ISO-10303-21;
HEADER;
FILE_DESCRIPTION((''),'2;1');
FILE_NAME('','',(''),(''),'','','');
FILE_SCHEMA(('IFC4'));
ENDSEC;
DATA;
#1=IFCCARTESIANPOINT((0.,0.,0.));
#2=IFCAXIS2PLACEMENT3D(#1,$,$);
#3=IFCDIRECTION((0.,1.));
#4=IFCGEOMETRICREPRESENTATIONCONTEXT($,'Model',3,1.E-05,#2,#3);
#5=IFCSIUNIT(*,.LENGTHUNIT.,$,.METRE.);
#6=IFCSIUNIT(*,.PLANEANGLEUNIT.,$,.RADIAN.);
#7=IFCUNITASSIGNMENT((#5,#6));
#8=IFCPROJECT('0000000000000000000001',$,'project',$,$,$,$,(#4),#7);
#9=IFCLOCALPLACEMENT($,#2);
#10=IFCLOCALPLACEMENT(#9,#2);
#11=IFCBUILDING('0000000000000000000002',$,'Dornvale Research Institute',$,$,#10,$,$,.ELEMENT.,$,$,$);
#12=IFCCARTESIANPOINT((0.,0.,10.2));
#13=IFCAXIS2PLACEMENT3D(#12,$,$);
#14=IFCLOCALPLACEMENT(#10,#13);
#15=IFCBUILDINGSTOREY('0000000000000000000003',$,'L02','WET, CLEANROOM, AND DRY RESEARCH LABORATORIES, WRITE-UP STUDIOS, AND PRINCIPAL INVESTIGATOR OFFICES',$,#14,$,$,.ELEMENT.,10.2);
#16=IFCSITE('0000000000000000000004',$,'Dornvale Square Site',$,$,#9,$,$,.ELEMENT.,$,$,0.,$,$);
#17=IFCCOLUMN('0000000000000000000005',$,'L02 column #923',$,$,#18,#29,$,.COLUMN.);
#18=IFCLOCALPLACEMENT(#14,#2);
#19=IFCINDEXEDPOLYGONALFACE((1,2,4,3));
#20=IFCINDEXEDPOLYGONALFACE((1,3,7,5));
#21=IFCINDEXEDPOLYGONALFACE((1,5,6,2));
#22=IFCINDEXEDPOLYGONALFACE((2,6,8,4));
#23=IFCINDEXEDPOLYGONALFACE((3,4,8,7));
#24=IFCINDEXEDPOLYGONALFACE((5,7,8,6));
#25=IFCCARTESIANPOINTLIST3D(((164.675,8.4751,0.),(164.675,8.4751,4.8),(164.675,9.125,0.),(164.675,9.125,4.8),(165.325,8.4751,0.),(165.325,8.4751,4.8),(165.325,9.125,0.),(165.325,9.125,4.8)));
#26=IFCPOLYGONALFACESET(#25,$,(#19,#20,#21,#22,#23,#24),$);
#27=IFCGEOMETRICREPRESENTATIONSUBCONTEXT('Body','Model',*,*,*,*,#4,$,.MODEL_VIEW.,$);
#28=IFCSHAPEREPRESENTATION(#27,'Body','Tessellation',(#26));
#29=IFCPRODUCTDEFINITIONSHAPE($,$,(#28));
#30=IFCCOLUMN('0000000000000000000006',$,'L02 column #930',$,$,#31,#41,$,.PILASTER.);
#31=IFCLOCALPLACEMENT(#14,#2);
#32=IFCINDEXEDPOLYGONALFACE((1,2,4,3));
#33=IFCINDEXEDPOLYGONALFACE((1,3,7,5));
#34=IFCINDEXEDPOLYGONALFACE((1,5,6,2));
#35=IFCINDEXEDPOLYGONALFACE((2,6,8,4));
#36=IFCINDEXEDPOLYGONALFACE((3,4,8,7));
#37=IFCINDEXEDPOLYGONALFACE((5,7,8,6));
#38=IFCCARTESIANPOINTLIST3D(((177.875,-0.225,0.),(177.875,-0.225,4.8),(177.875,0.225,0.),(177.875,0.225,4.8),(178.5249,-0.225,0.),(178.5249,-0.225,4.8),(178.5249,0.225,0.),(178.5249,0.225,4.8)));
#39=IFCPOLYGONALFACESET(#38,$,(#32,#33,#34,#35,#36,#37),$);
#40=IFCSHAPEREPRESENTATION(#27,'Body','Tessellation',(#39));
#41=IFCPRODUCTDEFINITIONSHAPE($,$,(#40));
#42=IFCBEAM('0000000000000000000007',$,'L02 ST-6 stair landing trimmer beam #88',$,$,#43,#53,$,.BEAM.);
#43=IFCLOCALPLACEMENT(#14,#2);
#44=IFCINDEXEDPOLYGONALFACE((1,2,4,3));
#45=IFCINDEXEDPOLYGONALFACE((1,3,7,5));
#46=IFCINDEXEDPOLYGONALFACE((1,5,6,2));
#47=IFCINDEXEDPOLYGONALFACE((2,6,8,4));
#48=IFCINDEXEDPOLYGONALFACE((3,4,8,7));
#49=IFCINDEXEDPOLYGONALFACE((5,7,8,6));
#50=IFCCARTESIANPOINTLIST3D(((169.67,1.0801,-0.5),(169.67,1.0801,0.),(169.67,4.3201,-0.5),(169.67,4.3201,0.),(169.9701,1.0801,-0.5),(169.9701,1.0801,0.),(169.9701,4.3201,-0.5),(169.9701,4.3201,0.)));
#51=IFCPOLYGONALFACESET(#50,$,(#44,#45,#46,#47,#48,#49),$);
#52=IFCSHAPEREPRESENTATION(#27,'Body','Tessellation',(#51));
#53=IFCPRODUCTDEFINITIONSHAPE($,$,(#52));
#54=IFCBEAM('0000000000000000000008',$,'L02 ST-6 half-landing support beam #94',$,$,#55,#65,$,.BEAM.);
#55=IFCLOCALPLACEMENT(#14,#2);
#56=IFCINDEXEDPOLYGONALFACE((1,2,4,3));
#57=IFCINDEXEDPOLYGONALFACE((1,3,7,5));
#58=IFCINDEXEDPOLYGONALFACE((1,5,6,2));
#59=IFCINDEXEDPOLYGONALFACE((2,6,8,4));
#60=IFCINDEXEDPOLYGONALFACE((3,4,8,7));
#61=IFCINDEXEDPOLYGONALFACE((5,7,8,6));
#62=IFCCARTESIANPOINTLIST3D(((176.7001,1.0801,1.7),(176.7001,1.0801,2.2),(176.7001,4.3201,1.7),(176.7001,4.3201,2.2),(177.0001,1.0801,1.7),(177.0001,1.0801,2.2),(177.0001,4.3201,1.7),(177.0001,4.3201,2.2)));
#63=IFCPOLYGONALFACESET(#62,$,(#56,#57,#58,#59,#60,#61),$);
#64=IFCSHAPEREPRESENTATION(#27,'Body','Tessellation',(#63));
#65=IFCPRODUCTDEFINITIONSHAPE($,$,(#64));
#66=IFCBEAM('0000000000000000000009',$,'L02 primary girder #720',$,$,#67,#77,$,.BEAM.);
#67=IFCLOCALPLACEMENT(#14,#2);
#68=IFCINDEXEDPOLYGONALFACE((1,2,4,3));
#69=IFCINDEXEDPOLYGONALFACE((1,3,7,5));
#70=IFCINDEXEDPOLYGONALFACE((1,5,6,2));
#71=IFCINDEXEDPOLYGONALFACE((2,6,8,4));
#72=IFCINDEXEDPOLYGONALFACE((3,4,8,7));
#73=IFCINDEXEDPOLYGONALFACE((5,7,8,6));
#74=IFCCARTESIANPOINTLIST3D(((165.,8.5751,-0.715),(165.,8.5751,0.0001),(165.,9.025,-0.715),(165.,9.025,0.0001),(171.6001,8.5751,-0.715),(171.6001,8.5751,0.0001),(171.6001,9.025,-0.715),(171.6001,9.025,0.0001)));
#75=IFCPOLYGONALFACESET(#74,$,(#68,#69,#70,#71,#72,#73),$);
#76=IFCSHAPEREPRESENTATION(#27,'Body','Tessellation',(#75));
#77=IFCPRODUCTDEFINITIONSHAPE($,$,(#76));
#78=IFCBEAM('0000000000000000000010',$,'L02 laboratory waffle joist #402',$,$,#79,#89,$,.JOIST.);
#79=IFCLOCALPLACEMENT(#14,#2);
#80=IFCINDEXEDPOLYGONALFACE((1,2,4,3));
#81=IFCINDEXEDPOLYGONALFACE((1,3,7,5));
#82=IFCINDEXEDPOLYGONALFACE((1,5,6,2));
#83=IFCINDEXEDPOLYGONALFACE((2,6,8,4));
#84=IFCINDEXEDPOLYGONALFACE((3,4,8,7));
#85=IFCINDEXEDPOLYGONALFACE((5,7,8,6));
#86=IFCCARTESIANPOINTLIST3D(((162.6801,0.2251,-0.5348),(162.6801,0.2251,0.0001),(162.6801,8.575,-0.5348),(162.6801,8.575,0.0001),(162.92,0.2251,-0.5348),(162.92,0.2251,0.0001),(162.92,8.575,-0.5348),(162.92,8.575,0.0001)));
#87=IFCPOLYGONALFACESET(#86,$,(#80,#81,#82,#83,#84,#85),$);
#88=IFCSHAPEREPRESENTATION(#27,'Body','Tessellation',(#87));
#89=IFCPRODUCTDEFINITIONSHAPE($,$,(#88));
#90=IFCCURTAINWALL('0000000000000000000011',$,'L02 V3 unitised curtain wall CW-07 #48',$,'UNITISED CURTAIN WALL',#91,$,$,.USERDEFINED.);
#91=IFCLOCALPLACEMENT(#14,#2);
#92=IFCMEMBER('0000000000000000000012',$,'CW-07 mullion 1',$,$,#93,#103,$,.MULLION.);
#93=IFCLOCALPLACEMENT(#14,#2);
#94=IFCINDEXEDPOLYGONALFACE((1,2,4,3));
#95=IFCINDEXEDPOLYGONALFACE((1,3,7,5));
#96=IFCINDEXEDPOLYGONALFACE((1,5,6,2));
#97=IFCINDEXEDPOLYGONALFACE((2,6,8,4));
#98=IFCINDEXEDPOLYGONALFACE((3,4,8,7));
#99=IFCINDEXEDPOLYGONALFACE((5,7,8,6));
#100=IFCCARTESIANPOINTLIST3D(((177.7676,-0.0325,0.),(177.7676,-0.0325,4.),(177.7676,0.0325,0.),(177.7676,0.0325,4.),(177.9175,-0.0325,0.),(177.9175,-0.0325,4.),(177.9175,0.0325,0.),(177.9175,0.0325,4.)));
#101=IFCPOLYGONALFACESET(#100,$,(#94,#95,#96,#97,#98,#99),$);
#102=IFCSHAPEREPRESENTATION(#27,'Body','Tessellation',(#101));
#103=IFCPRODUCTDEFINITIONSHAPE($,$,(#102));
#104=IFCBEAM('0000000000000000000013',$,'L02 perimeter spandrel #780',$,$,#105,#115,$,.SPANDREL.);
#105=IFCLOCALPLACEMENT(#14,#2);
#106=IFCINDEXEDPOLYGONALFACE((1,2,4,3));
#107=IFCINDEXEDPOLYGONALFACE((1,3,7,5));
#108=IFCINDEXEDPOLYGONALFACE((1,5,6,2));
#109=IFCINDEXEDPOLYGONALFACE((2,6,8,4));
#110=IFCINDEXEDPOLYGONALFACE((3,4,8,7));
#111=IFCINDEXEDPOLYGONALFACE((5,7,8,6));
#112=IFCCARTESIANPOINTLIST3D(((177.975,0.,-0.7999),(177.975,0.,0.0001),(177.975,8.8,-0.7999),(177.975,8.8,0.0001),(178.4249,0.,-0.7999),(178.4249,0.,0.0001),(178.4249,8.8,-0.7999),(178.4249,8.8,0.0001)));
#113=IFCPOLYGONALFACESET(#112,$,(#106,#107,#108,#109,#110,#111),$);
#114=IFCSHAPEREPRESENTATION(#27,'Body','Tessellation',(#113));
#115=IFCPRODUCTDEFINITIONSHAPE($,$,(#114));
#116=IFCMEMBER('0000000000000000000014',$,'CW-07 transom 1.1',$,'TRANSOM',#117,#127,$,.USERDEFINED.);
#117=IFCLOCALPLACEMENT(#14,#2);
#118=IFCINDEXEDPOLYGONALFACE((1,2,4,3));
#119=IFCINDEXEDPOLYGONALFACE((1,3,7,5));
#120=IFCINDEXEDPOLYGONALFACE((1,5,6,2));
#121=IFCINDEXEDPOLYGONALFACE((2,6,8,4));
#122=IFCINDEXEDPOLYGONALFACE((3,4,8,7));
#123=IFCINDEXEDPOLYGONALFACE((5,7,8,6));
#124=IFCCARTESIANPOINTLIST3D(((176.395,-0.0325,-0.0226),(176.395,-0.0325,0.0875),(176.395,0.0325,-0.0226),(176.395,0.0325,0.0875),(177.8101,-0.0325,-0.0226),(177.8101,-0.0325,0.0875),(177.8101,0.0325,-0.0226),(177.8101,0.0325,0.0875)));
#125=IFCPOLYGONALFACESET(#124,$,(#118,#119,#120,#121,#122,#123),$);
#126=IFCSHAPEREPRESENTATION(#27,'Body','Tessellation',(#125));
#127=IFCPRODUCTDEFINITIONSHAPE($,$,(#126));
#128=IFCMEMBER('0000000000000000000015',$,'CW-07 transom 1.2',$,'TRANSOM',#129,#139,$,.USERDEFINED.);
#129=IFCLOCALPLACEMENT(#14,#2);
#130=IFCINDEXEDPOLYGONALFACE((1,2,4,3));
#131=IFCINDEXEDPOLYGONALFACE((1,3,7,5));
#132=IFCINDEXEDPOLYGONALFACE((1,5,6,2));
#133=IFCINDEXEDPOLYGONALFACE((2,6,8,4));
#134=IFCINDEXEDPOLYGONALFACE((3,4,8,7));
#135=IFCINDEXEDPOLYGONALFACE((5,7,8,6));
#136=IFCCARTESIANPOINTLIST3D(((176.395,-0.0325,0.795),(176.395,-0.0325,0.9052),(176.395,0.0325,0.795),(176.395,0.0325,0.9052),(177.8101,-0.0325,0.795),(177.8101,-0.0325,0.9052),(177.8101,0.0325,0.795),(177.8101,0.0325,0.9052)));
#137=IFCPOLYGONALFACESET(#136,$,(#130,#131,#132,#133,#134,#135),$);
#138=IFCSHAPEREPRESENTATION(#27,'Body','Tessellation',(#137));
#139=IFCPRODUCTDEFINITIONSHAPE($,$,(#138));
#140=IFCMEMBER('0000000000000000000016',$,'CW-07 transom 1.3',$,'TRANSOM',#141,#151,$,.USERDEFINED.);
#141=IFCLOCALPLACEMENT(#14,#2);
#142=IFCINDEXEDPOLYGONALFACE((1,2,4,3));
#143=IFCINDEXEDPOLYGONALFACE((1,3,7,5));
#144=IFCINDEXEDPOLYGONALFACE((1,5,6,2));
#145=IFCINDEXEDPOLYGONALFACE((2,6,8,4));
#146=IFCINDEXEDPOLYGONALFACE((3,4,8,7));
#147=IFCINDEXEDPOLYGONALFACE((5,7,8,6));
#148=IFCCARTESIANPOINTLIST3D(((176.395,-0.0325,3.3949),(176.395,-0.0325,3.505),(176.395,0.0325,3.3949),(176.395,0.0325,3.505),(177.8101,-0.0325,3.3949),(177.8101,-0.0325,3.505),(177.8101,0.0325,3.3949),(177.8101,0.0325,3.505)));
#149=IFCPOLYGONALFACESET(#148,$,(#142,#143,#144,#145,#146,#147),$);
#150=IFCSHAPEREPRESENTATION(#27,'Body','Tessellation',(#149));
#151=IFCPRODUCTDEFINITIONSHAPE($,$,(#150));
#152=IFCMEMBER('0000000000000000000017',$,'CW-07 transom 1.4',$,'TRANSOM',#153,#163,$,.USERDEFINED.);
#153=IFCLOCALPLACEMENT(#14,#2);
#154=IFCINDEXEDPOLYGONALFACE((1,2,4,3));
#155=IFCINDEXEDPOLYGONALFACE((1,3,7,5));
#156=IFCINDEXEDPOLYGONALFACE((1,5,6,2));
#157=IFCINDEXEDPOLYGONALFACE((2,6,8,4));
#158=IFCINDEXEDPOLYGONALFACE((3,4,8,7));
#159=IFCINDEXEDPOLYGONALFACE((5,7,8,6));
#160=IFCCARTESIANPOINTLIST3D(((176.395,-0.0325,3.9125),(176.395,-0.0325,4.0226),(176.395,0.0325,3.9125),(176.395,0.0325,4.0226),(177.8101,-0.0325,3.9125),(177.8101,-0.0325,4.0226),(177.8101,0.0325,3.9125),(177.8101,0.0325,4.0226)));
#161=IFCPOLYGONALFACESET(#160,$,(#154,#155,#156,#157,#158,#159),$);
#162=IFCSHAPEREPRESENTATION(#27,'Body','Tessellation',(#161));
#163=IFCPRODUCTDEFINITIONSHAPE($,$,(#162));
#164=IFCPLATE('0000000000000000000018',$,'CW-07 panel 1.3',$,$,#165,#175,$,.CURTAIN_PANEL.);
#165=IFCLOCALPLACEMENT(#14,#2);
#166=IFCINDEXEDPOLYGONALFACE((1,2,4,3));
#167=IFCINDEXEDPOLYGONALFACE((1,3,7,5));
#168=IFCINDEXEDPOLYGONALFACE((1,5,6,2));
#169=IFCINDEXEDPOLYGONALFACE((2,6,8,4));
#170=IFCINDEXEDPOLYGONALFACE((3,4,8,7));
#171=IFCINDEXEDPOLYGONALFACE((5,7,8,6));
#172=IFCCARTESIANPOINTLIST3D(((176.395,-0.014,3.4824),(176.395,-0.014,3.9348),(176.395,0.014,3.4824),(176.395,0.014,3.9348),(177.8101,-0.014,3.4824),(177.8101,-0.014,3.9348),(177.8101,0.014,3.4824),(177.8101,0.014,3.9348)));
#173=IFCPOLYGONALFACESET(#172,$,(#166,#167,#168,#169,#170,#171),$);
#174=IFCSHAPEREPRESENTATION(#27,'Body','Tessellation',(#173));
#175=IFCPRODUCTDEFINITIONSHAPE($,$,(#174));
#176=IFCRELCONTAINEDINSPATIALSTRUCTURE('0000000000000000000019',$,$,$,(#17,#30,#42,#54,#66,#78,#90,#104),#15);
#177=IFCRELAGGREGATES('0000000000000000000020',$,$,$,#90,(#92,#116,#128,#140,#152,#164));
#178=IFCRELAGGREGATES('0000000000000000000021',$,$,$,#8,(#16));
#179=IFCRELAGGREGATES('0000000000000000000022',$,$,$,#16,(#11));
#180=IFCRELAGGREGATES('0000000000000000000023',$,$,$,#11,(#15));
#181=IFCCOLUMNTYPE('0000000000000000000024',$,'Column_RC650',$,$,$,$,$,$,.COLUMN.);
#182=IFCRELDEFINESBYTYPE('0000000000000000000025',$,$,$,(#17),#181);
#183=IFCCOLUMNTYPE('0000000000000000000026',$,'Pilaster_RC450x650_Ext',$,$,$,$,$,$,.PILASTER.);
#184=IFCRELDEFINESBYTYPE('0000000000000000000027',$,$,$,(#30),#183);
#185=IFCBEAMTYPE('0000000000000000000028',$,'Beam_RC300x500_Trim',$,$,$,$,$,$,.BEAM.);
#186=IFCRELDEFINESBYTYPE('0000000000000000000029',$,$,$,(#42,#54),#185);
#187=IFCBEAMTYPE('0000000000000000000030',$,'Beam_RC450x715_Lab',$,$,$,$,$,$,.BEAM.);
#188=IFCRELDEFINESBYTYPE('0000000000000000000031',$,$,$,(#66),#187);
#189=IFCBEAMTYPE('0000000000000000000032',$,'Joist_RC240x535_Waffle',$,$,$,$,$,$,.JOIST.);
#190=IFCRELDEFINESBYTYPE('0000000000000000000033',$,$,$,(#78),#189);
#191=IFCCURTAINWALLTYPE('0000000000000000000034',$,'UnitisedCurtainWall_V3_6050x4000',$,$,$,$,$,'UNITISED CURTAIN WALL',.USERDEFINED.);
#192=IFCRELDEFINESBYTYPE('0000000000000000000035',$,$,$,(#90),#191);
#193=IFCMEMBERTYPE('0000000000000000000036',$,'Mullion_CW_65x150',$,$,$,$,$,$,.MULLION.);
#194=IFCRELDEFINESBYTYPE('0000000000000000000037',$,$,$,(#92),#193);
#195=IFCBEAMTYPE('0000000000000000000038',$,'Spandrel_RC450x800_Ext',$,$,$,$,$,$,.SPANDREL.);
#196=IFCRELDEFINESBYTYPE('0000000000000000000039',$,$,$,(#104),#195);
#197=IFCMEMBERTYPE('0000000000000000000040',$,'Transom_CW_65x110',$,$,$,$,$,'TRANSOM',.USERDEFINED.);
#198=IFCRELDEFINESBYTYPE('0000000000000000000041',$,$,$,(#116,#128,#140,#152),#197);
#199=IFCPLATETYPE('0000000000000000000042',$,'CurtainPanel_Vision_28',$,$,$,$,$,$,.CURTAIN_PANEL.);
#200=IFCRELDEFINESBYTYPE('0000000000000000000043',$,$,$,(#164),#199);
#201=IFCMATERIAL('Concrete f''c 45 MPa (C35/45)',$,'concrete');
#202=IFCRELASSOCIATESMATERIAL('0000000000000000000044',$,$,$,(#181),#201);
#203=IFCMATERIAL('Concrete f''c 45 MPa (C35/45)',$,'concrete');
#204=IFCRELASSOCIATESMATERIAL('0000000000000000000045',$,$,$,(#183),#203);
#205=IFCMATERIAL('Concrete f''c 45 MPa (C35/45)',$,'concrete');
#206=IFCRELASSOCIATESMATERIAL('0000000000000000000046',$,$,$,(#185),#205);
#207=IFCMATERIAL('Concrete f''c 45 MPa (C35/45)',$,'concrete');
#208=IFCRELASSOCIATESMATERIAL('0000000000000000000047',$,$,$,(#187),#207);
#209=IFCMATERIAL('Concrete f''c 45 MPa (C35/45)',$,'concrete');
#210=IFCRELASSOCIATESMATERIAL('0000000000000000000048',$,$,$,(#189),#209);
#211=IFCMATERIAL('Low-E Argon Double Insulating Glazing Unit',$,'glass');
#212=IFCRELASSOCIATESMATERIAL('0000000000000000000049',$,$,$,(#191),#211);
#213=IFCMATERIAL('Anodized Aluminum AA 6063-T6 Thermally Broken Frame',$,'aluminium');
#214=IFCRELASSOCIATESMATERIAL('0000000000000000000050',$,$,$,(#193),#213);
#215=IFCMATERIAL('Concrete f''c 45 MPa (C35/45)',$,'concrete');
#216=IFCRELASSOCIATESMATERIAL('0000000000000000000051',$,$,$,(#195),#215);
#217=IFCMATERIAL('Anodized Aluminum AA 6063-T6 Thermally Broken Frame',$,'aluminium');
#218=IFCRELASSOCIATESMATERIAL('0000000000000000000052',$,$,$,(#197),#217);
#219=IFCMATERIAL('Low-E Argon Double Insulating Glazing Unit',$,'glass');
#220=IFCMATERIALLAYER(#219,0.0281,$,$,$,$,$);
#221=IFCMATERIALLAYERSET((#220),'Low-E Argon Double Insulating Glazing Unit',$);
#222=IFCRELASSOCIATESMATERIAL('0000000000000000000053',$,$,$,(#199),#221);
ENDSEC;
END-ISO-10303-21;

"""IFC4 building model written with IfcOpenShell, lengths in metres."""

from ifc_helpers import new_model, si_unit, direction, frame, origin, origin_2d, place, context, subcontext, project, spatial, rectangle, extrude, material, layer, layer_set, material_profile, profile_set, type_object, element, aggregate, save


model = new_model("IFC4")

# Units and contexts
model_context = context("Model", 3, precision=1e-05, world=origin(), true_north=direction((0.0, 1.0)))
body_context = subcontext(model_context, "Body", "Model", "MODEL_VIEW")
ifc_project = project(units=[si_unit("LENGTHUNIT", "METRE"), si_unit("PLANEANGLEUNIT", "RADIAN")], contexts=[model_context])

# Site, building, storey
site_placement = place(None, origin())
site = spatial("IfcSite", under=ifc_project, at=site_placement, Name="Dornvale Square Site", CompositionType="ELEMENT", RefElevation=0.0)
building_placement = place(site_placement, origin())
building = spatial("IfcBuilding", under=site, at=building_placement, Name="Dornvale Research Institute", CompositionType="ELEMENT")
storey_placement = place(building_placement, frame((0.0, 0.0, 10.2)))
storey = spatial("IfcBuildingStorey", under=building, at=storey_placement, Name="L02", Description="WET, CLEANROOM, AND DRY RESEARCH LABORATORIES, WRITE-UP STUDIOS, AND PRINCIPAL INVESTIGATOR OFFICES", CompositionType="ELEMENT", Elevation=10.2)

# Columns
ifc_material_1 = material(Name="Concrete f'c 45 MPa (C35/45)", Category="concrete")
ifc_material_profile_1 = material_profile(ifc_material_1, rectangle(XDim=0.6499, YDim=0.6499, at=origin_2d()), Name="RC 650x650")
ifc_profile_set_1 = profile_set([ifc_material_profile_1], Name="Concrete f'c 45 MPa (C35/45)")
column_type_1 = type_object("IfcColumnType", Name="Column_RC650", PredefinedType="COLUMN", material=ifc_profile_set_1)
column_1_placement = place(storey_placement, frame((165.0, 8.8, 0.0), z_axis=(0.0, 0.0, 1.0), x_axis=(1.0, 0.0, 0.0)))
element("IfcColumn", 1, at=column_1_placement, inside=storey, type_object=column_type_1, Name="L02 column #923", PredefinedType="COLUMN", context=body_context, shape_type="SweptSolid", body=[
    extrude(rectangle(XDim=0.6499, YDim=0.6499, at=origin_2d()), origin(), (0.0, 0.0, 1.0), 4.8),
])
ifc_material_2 = material(Name="Concrete f'c 45 MPa (C35/45)", Category="concrete")
ifc_material_profile_2 = material_profile(ifc_material_2, rectangle(XDim=0.45, YDim=0.6499, at=origin_2d()), Name="RC 450x650")
ifc_profile_set_2 = profile_set([ifc_material_profile_2], Name="Concrete f'c 45 MPa (C35/45)")
column_type_2 = type_object("IfcColumnType", Name="Pilaster_RC450x650_Ext", PredefinedType="PILASTER", material=ifc_profile_set_2)
column_2_placement = place(storey_placement, frame((178.2, 0.0, 0.0), z_axis=(0.0, 0.0, 1.0), x_axis=(0.0, 1.0, 0.0)))
element("IfcColumn", 2, at=column_2_placement, inside=storey, type_object=column_type_2, Name="L02 column #930", PredefinedType="PILASTER", context=body_context, shape_type="SweptSolid", body=[
    extrude(rectangle(XDim=0.45, YDim=0.6499, at=origin_2d()), origin(), (0.0, 0.0, 1.0), 4.8),
])

# Beams
ifc_material_3 = material(Name="Concrete f'c 45 MPa (C35/45)", Category="concrete")
ifc_material_profile_3 = material_profile(ifc_material_3, rectangle(XDim=0.3, YDim=0.5, at=origin_2d()), Name="RC 300x500")
ifc_profile_set_3 = profile_set([ifc_material_profile_3], Name="Concrete f'c 45 MPa (C35/45)")
beam_type_1 = type_object("IfcBeamType", Name="Beam_RC300x500_Trim", PredefinedType="BEAM", material=ifc_profile_set_3)
for number, where, z_axis, x_axis, name in (
    (3, (169.8201, 1.0801, -0.25), (0.0, 1.0, 0.0), (-1.0, 0.0, 0.0), "L02 ST-6 stair landing trimmer beam #88"),
    (4, (176.8501, 1.0801, 1.95), (0.0, 1.0, 0.0), (-1.0, 0.0, 0.0), "L02 ST-6 half-landing support beam #94"),
):
    element("IfcBeam", number, at=place(storey_placement, frame(where, z_axis=z_axis, x_axis=x_axis)), inside=storey, type_object=beam_type_1, Name=name, PredefinedType="BEAM", context=body_context, shape_type="SweptSolid", body=[
        extrude(rectangle(XDim=0.3, YDim=0.5, at=origin_2d()), origin(), (0.0, 0.0, 1.0), 3.24),
    ])
ifc_material_4 = material(Name="Concrete f'c 45 MPa (C35/45)", Category="concrete")
ifc_material_profile_4 = material_profile(ifc_material_4, rectangle(XDim=0.45, YDim=0.7151, at=origin_2d()), Name="RC 450x715")
ifc_profile_set_4 = profile_set([ifc_material_profile_4], Name="Concrete f'c 45 MPa (C35/45)")
beam_type_2 = type_object("IfcBeamType", Name="Beam_RC450x715_Lab", PredefinedType="BEAM", material=ifc_profile_set_4)
beam_1_placement = place(storey_placement, frame((165.0, 8.8, -0.3574), z_axis=(1.0, 0.0, 0.0), x_axis=(0.0, 1.0, 0.0)))
element("IfcBeam", 5, at=beam_1_placement, inside=storey, type_object=beam_type_2, Name="L02 primary girder #720", PredefinedType="BEAM", context=body_context, shape_type="SweptSolid", body=[
    extrude(rectangle(XDim=0.45, YDim=0.7151, at=origin_2d()), origin(), (0.0, 0.0, 1.0), 6.6001),
])
ifc_material_5 = material(Name="Concrete f'c 45 MPa (C35/45)", Category="concrete")
ifc_material_profile_5 = material_profile(ifc_material_5, rectangle(XDim=0.24, YDim=0.5349, at=origin_2d()), Name="RC 240x535")
ifc_profile_set_5 = profile_set([ifc_material_profile_5], Name="Concrete f'c 45 MPa (C35/45)")
beam_type_3 = type_object("IfcBeamType", Name="Joist_RC240x535_Waffle", PredefinedType="JOIST", material=ifc_profile_set_5)
beam_2_placement = place(storey_placement, frame((162.8, 0.2251, -0.2673), z_axis=(0.0, 1.0, 0.0), x_axis=(-1.0, 0.0, 0.0)))
element("IfcBeam", 6, at=beam_2_placement, inside=storey, type_object=beam_type_3, Name="L02 laboratory waffle joist #402", PredefinedType="JOIST", context=body_context, shape_type="SweptSolid", body=[
    extrude(rectangle(XDim=0.24, YDim=0.5349, at=origin_2d()), origin(), (0.0, 0.0, 1.0), 8.3499),
])

# Curtain wall, member
ifc_material_6 = material(Name="Low-E Argon Double Insulating Glazing Unit", Category="glass")
curtain_wall_type = type_object("IfcCurtainWallType", Name="UnitisedCurtainWall_V3_6050x4000", ElementType="UNITISED CURTAIN WALL", PredefinedType="USERDEFINED", material=ifc_material_6)
curtain_wall_placement = place(storey_placement, origin())
curtain_wall = element("IfcCurtainWall", 7, at=curtain_wall_placement, inside=storey, type_object=curtain_wall_type, Name="L02 V3 unitised curtain wall CW-07 #48", ObjectType="UNITISED CURTAIN WALL", PredefinedType="USERDEFINED")
ifc_material_7 = material(Name="Anodized Aluminum AA 6063-T6 Thermally Broken Frame", Category="aluminium")
ifc_material_profile_6 = material_profile(ifc_material_7, rectangle(XDim=0.0649, YDim=0.1499, at=origin_2d()), Name="ALU MULLION 65x150")
ifc_profile_set_6 = profile_set([ifc_material_profile_6], Name="Anodized Aluminum AA 6063-T6 Thermally Broken Frame")
member_type_1 = type_object("IfcMemberType", Name="Mullion_CW_65x150", PredefinedType="MULLION", material=ifc_profile_set_6)
member_1_placement = place(storey_placement, frame((177.8425, 0.0, 0.0), z_axis=(0.0, 0.0, 1.0), x_axis=(0.0, -1.0, 0.0)))
member_1 = element("IfcMember", 8, at=member_1_placement, type_object=member_type_1, Name="CW-07 mullion 1", PredefinedType="MULLION", context=body_context, shape_type="SweptSolid", body=[
    extrude(rectangle(XDim=0.0649, YDim=0.1499, at=origin_2d()), origin(), (0.0, 0.0, 1.0), 4.0),
])

# Beam
ifc_material_8 = material(Name="Concrete f'c 45 MPa (C35/45)", Category="concrete")
ifc_material_profile_7 = material_profile(ifc_material_8, rectangle(XDim=0.45, YDim=0.8, at=origin_2d()), Name="RC 450x800")
ifc_profile_set_7 = profile_set([ifc_material_profile_7], Name="Concrete f'c 45 MPa (C35/45)")
beam_type_4 = type_object("IfcBeamType", Name="Spandrel_RC450x800_Ext", PredefinedType="SPANDREL", material=ifc_profile_set_7)
beam_3_placement = place(storey_placement, frame((178.2, 0.0, -0.3999), z_axis=(0.0, 1.0, 0.0), x_axis=(-1.0, 0.0, 0.0)))
element("IfcBeam", 9, at=beam_3_placement, inside=storey, type_object=beam_type_4, Name="L02 perimeter spandrel #780", PredefinedType="SPANDREL", context=body_context, shape_type="SweptSolid", body=[
    extrude(rectangle(XDim=0.45, YDim=0.8, at=origin_2d()), origin(), (0.0, 0.0, 1.0), 8.8),
])

# Members
ifc_material_9 = material(Name="Anodized Aluminum AA 6063-T6 Thermally Broken Frame", Category="aluminium")
ifc_material_profile_8 = material_profile(ifc_material_9, rectangle(XDim=0.0649, YDim=0.1101, at=origin_2d()), Name="ALU TRANSOM 65x110")
ifc_profile_set_8 = profile_set([ifc_material_profile_8], Name="Anodized Aluminum AA 6063-T6 Thermally Broken Frame")
member_type_2 = type_object("IfcMemberType", Name="Transom_CW_65x110", ElementType="TRANSOM", PredefinedType="USERDEFINED", material=ifc_profile_set_8)
member_2_placement = place(storey_placement, frame((177.8101, 0.0, 0.0325), z_axis=(-1.0, 0.0, 0.0), x_axis=(0.0, -1.0, 0.0)))
member_2 = element("IfcMember", 10, at=member_2_placement, type_object=member_type_2, Name="CW-07 transom 1.1", ObjectType="TRANSOM", PredefinedType="USERDEFINED", context=body_context, shape_type="SweptSolid", body=[
    extrude(rectangle(XDim=0.0649, YDim=0.1101, at=origin_2d()), origin(), (0.0, 0.0, 1.0), 1.415),
])
member_3_placement = place(storey_placement, frame((177.8101, 0.0, 0.8501), z_axis=(-1.0, 0.0, 0.0), x_axis=(0.0, -1.0, 0.0)))
member_3 = element("IfcMember", 11, at=member_3_placement, type_object=member_type_2, Name="CW-07 transom 1.2", ObjectType="TRANSOM", PredefinedType="USERDEFINED", context=body_context, shape_type="SweptSolid", body=[
    extrude(rectangle(XDim=0.0649, YDim=0.1101, at=origin_2d()), origin(), (0.0, 0.0, 1.0), 1.415),
])
member_4_placement = place(storey_placement, frame((177.8101, 0.0, 3.45), z_axis=(-1.0, 0.0, 0.0), x_axis=(0.0, -1.0, 0.0)))
member_4 = element("IfcMember", 12, at=member_4_placement, type_object=member_type_2, Name="CW-07 transom 1.3", ObjectType="TRANSOM", PredefinedType="USERDEFINED", context=body_context, shape_type="SweptSolid", body=[
    extrude(rectangle(XDim=0.0649, YDim=0.1101, at=origin_2d()), origin(), (0.0, 0.0, 1.0), 1.415),
])
member_5_placement = place(storey_placement, frame((177.8101, 0.0, 3.9675), z_axis=(-1.0, 0.0, 0.0), x_axis=(0.0, -1.0, 0.0)))
member_5 = element("IfcMember", 13, at=member_5_placement, type_object=member_type_2, Name="CW-07 transom 1.4", ObjectType="TRANSOM", PredefinedType="USERDEFINED", context=body_context, shape_type="SweptSolid", body=[
    extrude(rectangle(XDim=0.0649, YDim=0.1101, at=origin_2d()), origin(), (0.0, 0.0, 1.0), 1.415),
])

# Plate
ifc_material_10 = material(Name="Low-E Argon Double Insulating Glazing Unit", Category="glass")
ifc_layer_1 = layer(ifc_material_10, 0.0281)
ifc_layer_set_1 = layer_set([ifc_layer_1], Name="Low-E Argon Double Insulating Glazing Unit")
plate_type = type_object("IfcPlateType", Name="CurtainPanel_Vision_28", PredefinedType="CURTAIN_PANEL", material=ifc_layer_set_1)
plate_placement = place(storey_placement, frame((177.1025, 0.0, 3.4824), z_axis=(0.0, 0.0, 1.0), x_axis=(-1.0, 0.0, 0.0)))
plate = element("IfcPlate", 14, at=plate_placement, type_object=plate_type, Name="CW-07 panel 1.3", PredefinedType="CURTAIN_PANEL", context=body_context, shape_type="SweptSolid", body=[
    extrude(rectangle(XDim=1.415, YDim=0.0281, at=origin_2d()), origin(), (0.0, 0.0, 1.0), 0.4524),
])
aggregate(curtain_wall, [member_1, member_2, member_3, member_4, member_5, plate])

save(model, "model.ifc")
